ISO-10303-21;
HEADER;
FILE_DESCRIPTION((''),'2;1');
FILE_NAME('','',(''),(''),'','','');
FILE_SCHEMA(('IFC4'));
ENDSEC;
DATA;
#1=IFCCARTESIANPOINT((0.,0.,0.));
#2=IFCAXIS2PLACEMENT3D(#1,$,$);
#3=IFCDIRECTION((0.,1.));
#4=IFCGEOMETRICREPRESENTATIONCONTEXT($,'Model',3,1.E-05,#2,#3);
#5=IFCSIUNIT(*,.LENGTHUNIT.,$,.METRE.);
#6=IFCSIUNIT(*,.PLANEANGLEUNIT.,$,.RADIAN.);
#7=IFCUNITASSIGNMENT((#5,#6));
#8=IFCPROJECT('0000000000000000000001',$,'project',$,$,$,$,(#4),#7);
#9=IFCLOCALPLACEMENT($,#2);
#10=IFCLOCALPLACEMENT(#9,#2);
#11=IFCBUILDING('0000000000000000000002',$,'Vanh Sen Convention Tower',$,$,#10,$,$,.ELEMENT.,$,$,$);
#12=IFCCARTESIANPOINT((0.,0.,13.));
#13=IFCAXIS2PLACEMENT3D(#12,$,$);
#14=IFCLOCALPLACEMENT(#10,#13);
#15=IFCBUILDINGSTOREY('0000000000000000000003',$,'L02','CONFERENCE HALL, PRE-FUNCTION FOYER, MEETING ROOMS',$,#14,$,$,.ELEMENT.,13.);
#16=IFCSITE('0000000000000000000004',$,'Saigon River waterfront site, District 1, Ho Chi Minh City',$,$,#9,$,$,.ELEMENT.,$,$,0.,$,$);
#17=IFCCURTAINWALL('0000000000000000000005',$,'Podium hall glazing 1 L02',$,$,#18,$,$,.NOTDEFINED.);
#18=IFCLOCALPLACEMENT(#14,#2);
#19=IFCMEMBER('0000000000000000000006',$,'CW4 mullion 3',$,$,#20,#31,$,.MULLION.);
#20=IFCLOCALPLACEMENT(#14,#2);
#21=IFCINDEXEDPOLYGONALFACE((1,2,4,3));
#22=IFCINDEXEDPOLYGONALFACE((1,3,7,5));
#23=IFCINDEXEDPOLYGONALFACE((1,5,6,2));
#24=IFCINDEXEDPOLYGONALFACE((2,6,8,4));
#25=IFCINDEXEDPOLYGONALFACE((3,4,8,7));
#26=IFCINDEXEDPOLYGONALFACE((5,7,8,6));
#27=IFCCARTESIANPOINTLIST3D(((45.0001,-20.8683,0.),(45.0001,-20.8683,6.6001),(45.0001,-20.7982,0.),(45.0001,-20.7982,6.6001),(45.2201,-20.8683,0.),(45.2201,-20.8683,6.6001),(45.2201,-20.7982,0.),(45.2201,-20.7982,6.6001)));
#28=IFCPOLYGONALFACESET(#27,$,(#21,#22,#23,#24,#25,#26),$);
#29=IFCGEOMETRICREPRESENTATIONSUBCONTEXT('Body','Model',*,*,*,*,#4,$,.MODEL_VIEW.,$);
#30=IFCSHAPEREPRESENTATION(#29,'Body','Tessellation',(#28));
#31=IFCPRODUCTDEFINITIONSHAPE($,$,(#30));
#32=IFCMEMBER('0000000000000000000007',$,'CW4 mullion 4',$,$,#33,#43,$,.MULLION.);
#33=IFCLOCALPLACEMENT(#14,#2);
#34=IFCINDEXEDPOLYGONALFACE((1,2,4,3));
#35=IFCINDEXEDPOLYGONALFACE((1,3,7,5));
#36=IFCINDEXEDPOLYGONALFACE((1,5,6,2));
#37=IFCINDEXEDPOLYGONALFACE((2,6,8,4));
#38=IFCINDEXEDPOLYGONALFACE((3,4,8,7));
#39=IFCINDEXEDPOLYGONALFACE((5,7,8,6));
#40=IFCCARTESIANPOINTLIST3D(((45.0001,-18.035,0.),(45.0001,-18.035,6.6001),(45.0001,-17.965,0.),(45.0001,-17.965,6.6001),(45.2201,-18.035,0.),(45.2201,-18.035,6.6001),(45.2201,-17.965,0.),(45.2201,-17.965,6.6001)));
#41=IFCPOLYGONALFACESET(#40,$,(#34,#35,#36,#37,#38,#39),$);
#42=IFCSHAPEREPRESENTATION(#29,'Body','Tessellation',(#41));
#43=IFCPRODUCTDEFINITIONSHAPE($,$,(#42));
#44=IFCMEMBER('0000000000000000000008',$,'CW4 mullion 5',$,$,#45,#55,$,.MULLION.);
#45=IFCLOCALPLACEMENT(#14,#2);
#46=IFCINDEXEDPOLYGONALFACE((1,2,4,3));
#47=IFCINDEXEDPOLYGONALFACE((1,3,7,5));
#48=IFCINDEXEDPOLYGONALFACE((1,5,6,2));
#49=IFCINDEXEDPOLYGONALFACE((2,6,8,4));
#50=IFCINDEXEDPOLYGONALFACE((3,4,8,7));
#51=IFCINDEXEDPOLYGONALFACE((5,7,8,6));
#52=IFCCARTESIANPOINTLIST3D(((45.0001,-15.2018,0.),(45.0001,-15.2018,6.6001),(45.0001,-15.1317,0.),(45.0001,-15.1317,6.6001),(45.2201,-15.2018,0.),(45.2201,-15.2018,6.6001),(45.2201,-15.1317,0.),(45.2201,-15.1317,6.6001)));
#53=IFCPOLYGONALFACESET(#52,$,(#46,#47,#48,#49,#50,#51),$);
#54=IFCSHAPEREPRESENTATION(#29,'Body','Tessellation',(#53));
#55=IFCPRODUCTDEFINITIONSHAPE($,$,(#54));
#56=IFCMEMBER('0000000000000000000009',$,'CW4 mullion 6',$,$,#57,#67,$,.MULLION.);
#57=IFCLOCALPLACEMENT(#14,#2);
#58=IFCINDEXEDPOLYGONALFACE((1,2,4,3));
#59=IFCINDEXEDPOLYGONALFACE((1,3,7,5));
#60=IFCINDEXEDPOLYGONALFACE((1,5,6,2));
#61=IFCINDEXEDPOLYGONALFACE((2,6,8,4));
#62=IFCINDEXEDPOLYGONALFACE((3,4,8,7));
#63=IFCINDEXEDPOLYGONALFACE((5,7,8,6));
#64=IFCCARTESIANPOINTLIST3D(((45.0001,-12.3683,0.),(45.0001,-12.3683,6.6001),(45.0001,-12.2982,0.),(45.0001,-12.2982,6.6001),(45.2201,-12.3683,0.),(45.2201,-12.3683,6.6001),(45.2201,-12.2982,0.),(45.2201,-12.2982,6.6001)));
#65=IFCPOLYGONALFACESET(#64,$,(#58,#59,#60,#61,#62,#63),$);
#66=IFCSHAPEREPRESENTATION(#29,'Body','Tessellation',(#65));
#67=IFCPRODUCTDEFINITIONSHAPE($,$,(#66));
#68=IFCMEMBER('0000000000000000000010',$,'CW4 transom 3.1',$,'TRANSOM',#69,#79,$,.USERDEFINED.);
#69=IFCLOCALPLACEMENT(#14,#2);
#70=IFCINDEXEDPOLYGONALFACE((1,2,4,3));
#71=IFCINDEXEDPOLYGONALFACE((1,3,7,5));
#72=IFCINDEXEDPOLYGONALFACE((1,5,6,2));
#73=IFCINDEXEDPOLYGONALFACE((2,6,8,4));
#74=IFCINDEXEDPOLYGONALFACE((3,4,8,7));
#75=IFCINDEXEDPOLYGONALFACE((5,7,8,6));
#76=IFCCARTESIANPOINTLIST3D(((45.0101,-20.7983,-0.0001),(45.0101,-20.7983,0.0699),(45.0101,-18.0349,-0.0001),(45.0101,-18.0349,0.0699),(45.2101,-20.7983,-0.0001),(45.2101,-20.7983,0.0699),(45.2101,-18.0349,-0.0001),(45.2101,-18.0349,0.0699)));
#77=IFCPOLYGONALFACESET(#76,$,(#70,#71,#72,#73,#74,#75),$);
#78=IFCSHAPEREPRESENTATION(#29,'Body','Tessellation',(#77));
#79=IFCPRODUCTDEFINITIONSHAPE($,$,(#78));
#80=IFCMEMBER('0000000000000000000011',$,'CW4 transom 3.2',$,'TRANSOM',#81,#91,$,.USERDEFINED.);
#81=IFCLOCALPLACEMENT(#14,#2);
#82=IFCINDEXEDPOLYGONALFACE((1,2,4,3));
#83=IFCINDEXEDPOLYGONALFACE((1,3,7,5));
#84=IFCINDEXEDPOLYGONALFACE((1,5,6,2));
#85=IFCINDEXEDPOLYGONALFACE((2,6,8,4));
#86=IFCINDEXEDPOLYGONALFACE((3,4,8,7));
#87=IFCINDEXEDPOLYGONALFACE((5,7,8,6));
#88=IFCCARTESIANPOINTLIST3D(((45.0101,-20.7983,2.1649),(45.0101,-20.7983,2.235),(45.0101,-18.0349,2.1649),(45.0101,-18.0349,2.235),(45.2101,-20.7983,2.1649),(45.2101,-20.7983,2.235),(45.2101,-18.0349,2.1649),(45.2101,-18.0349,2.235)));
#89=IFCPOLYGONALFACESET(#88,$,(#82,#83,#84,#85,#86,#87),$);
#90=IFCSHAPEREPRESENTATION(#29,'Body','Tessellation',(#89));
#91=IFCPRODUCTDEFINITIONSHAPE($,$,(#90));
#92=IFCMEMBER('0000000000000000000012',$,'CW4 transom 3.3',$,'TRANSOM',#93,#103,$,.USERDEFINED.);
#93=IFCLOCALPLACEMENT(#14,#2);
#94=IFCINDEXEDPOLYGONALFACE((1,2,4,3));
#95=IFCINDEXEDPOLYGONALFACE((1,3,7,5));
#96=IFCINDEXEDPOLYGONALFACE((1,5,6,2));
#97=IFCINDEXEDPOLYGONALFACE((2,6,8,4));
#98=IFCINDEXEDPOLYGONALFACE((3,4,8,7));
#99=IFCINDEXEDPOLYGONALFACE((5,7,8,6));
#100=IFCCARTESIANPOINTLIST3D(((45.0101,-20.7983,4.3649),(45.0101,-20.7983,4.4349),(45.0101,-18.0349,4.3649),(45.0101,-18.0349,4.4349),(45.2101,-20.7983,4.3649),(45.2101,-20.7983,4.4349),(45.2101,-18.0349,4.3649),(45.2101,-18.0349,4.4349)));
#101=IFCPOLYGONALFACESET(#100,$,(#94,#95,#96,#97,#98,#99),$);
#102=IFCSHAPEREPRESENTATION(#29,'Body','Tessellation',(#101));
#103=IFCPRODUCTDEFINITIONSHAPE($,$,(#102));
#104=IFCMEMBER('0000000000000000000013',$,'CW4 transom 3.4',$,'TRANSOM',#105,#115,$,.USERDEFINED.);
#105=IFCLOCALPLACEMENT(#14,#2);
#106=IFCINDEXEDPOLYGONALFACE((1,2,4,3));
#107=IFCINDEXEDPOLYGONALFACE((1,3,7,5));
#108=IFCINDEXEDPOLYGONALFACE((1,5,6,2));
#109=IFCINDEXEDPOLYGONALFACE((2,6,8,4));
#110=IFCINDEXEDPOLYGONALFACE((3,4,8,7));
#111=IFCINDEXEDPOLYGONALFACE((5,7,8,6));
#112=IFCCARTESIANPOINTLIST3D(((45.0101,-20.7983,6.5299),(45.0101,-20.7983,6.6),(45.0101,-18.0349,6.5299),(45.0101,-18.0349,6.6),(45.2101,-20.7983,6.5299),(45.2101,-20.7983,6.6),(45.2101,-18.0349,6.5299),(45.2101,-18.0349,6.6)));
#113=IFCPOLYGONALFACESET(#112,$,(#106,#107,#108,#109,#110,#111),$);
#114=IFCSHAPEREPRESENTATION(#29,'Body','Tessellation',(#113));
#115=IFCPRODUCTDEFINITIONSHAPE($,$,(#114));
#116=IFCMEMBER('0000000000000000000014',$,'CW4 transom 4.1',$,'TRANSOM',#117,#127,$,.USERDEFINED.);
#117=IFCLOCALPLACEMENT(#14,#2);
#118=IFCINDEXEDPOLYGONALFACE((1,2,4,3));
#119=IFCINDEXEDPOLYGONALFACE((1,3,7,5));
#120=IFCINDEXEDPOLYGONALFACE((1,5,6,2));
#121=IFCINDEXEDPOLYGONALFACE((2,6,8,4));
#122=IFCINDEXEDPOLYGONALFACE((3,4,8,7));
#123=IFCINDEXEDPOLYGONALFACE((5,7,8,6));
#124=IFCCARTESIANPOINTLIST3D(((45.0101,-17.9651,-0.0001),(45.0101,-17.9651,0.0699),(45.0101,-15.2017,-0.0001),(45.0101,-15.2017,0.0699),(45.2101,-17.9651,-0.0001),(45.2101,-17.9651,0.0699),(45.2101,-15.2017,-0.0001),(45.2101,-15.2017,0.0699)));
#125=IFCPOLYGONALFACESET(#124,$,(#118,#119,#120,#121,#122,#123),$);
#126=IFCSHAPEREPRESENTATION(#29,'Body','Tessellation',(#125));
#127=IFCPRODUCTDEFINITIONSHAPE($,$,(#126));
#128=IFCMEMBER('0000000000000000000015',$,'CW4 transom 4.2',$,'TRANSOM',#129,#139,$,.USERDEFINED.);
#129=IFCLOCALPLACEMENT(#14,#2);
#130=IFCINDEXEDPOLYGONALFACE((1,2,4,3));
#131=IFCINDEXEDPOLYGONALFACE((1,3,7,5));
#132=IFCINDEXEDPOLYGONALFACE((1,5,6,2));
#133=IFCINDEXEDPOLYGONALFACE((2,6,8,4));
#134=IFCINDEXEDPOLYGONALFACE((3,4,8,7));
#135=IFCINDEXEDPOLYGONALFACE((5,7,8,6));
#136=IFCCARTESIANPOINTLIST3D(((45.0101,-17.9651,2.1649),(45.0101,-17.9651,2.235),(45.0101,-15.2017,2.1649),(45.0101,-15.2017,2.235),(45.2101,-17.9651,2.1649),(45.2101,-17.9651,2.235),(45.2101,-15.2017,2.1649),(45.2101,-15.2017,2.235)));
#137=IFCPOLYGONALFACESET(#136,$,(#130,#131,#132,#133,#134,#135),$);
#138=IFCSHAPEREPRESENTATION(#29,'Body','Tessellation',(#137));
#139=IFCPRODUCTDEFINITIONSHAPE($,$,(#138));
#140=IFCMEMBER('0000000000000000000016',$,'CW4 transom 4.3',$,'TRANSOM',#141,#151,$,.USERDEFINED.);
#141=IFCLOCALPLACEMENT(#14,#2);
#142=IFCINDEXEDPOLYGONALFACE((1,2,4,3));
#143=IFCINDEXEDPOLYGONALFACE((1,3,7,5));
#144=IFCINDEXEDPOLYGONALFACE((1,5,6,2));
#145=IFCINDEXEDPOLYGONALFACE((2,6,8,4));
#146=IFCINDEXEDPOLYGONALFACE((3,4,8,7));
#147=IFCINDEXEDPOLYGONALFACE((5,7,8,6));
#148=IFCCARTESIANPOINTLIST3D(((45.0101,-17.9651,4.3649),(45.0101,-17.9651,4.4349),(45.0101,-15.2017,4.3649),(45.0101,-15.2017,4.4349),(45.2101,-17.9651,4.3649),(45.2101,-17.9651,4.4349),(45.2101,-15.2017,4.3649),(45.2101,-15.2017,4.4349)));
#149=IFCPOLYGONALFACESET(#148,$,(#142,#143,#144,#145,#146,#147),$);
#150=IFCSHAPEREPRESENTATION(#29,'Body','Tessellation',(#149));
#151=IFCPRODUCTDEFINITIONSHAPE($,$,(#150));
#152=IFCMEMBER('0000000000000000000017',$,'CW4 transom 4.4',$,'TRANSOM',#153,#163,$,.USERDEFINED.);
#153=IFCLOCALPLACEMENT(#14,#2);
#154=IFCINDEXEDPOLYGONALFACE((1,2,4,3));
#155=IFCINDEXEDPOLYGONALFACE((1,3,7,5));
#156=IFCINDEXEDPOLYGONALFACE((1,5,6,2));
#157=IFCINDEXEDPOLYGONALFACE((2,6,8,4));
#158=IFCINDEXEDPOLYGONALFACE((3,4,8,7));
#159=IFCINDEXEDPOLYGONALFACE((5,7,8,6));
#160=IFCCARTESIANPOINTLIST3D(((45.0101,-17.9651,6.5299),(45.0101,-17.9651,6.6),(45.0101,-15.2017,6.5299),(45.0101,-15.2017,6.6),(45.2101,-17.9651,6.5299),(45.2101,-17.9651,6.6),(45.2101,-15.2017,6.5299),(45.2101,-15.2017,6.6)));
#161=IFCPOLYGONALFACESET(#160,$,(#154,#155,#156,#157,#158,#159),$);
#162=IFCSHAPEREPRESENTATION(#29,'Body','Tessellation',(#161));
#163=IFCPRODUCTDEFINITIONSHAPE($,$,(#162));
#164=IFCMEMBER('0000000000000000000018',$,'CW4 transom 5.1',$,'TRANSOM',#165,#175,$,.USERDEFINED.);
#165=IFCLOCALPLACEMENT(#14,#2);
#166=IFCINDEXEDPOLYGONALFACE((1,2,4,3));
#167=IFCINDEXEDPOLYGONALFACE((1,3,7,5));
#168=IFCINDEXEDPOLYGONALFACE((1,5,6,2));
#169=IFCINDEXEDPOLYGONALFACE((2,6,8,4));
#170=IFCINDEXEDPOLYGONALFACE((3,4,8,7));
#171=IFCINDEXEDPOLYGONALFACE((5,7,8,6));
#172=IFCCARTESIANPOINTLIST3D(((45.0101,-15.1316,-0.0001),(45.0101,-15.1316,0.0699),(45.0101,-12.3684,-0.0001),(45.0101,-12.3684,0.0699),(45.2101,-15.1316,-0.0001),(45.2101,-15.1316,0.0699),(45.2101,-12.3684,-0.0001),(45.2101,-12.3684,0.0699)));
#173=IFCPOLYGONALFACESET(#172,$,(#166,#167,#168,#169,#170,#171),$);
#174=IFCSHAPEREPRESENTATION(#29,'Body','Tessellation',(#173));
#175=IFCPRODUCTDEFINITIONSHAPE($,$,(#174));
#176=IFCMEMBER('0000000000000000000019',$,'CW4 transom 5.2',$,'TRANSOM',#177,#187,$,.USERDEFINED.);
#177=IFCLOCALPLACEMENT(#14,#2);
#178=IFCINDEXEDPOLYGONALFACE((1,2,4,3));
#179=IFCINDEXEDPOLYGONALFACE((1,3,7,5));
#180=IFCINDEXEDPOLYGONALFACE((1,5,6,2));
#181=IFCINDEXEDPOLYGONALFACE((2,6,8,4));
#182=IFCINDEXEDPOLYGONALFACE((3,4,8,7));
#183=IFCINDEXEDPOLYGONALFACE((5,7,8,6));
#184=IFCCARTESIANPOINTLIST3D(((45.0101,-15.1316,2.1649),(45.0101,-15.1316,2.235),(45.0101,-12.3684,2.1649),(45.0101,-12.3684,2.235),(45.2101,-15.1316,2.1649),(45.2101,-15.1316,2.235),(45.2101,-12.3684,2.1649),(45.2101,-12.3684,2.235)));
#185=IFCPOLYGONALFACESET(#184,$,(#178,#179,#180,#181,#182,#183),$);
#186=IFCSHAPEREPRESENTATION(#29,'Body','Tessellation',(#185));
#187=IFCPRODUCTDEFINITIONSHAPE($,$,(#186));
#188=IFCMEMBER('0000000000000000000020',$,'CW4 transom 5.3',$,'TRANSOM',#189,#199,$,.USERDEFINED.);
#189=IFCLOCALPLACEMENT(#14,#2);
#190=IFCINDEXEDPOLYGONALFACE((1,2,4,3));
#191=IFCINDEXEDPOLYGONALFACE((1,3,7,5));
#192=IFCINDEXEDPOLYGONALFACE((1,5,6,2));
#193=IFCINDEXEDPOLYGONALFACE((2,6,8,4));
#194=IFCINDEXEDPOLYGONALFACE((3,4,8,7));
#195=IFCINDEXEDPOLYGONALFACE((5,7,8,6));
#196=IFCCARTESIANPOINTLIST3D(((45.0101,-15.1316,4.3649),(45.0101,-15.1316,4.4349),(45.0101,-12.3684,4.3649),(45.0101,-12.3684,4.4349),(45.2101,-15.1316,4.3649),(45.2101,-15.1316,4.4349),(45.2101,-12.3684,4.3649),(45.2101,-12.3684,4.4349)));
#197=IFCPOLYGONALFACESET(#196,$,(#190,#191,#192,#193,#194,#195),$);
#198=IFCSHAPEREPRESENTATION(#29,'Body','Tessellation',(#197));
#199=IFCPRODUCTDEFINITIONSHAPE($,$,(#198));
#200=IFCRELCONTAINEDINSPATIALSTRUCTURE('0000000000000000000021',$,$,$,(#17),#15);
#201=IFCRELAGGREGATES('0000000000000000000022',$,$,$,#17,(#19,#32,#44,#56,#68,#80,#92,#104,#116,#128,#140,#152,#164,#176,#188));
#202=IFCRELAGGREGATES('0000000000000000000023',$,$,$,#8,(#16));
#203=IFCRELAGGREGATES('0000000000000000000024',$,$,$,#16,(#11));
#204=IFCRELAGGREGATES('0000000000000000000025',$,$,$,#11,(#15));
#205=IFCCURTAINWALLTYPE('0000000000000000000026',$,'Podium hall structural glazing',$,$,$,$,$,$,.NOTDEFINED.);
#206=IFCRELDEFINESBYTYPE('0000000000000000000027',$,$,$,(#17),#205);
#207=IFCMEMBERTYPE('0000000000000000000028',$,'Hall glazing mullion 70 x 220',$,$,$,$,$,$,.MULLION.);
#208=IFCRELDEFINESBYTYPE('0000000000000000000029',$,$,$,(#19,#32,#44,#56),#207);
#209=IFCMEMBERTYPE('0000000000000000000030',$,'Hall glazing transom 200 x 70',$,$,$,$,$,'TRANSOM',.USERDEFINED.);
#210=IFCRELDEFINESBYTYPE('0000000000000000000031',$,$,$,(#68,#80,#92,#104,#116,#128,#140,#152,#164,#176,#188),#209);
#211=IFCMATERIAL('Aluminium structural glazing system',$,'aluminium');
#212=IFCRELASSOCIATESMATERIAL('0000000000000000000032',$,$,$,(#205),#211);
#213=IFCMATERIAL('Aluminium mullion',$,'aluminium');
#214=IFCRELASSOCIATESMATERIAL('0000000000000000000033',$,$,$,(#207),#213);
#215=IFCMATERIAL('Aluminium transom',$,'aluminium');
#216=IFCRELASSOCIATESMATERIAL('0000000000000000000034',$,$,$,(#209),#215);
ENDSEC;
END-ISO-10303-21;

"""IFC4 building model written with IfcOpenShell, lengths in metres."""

from ifc_helpers import new_model, si_unit, direction, frame, origin, origin_2d, place, context, subcontext, project, spatial, rectangle, extrude, material, material_profile, profile_set, type_object, element, aggregate, save


model = new_model("IFC4")

# Units and contexts
model_context = context("Model", 3, precision=1e-05, world=origin(), true_north=direction((0.0, 1.0)))
body_context = subcontext(model_context, "Body", "Model", "MODEL_VIEW")
ifc_project = project(units=[si_unit("LENGTHUNIT", "METRE"), si_unit("PLANEANGLEUNIT", "RADIAN")], contexts=[model_context])

# Site, building, storey
site_placement = place(None, origin())
site = spatial("IfcSite", under=ifc_project, at=site_placement, Name="Saigon River waterfront site, District 1, Ho Chi Minh City", CompositionType="ELEMENT", RefElevation=0.0)
building_placement = place(site_placement, origin())
building = spatial("IfcBuilding", under=site, at=building_placement, Name="Vanh Sen Convention Tower", CompositionType="ELEMENT")
storey_placement = place(building_placement, frame((0.0, 0.0, 13.0)))
storey = spatial("IfcBuildingStorey", under=building, at=storey_placement, Name="L02", Description="CONFERENCE HALL, PRE-FUNCTION FOYER, MEETING ROOMS", CompositionType="ELEMENT", Elevation=13.0)

# Curtain wall, members
ifc_material_1 = material(Name="Aluminium structural glazing system", Category="aluminium")
curtain_wall_type = type_object("IfcCurtainWallType", Name="Podium hall structural glazing", PredefinedType="NOTDEFINED", material=ifc_material_1)
curtain_wall_placement = place(storey_placement, origin())
curtain_wall = element("IfcCurtainWall", 1, at=curtain_wall_placement, inside=storey, type_object=curtain_wall_type, Name="Podium hall glazing 1 L02", PredefinedType="NOTDEFINED")
ifc_material_2 = material(Name="Aluminium mullion", Category="aluminium")
ifc_material_profile_1 = material_profile(ifc_material_2, rectangle(XDim=0.22, YDim=0.0701, at=origin_2d()), Name="Hall glazing mullion 70 x 220")
ifc_profile_set_1 = profile_set([ifc_material_profile_1], Name="Aluminium mullion")
member_type_1 = type_object("IfcMemberType", Name="Hall glazing mullion 70 x 220", PredefinedType="MULLION", material=ifc_profile_set_1)
member_1_placement = place(storey_placement, frame((45.1101, -20.8333, 0.0), z_axis=(0.0, 0.0, 1.0), x_axis=(-1.0, 0.0, 0.0)))
member_1 = element("IfcMember", 2, at=member_1_placement, type_object=member_type_1, Name="CW4 mullion 3", PredefinedType="MULLION", context=body_context, shape_type="SweptSolid", body=[
    extrude(rectangle(XDim=0.22, YDim=0.0701, at=origin_2d()), origin(), (0.0, 0.0, 1.0), 6.6001),
])
member_2_placement = place(storey_placement, frame((45.1101, -18.0, 0.0), z_axis=(0.0, 0.0, 1.0), x_axis=(-1.0, 0.0, 0.0)))
member_2 = element("IfcMember", 3, at=member_2_placement, type_object=member_type_1, Name="CW4 mullion 4", PredefinedType="MULLION", context=body_context, shape_type="SweptSolid", body=[
    extrude(rectangle(XDim=0.22, YDim=0.0701, at=origin_2d()), origin(), (0.0, 0.0, 1.0), 6.6001),
])
member_3_placement = place(storey_placement, frame((45.1101, -15.1667, 0.0), z_axis=(0.0, 0.0, 1.0), x_axis=(-1.0, 0.0, 0.0)))
member_3 = element("IfcMember", 4, at=member_3_placement, type_object=member_type_1, Name="CW4 mullion 5", PredefinedType="MULLION", context=body_context, shape_type="SweptSolid", body=[
    extrude(rectangle(XDim=0.22, YDim=0.0701, at=origin_2d()), origin(), (0.0, 0.0, 1.0), 6.6001),
])
member_4_placement = place(storey_placement, frame((45.1101, -12.3333, 0.0), z_axis=(0.0, 0.0, 1.0), x_axis=(-1.0, 0.0, 0.0)))
member_4 = element("IfcMember", 5, at=member_4_placement, type_object=member_type_1, Name="CW4 mullion 6", PredefinedType="MULLION", context=body_context, shape_type="SweptSolid", body=[
    extrude(rectangle(XDim=0.22, YDim=0.0701, at=origin_2d()), origin(), (0.0, 0.0, 1.0), 6.6001),
])
ifc_material_3 = material(Name="Aluminium transom", Category="aluminium")
ifc_material_profile_2 = material_profile(ifc_material_3, rectangle(XDim=0.2, YDim=0.0701, at=origin_2d()), Name="Hall glazing transom 200 x 70")
ifc_profile_set_2 = profile_set([ifc_material_profile_2], Name="Aluminium transom")
member_type_2 = type_object("IfcMemberType", Name="Hall glazing transom 200 x 70", ElementType="TRANSOM", PredefinedType="USERDEFINED", material=ifc_profile_set_2)
member_5_placement = place(storey_placement, frame((45.1101, -20.7983, 0.0349), z_axis=(0.0, 1.0, 0.0), x_axis=(-1.0, 0.0, 0.0)))
member_5 = element("IfcMember", 6, at=member_5_placement, type_object=member_type_2, Name="CW4 transom 3.1", ObjectType="TRANSOM", PredefinedType="USERDEFINED", context=body_context, shape_type="SweptSolid", body=[
    extrude(rectangle(XDim=0.2, YDim=0.0701, at=origin_2d()), origin(), (0.0, 0.0, 1.0), 2.7634),
])
member_6_placement = place(storey_placement, frame((45.1101, -20.7983, 2.2), z_axis=(0.0, 1.0, 0.0), x_axis=(-1.0, 0.0, 0.0)))
member_6 = element("IfcMember", 7, at=member_6_placement, type_object=member_type_2, Name="CW4 transom 3.2", ObjectType="TRANSOM", PredefinedType="USERDEFINED", context=body_context, shape_type="SweptSolid", body=[
    extrude(rectangle(XDim=0.2, YDim=0.0701, at=origin_2d()), origin(), (0.0, 0.0, 1.0), 2.7634),
])
member_7_placement = place(storey_placement, frame((45.1101, -20.7983, 4.3999), z_axis=(0.0, 1.0, 0.0), x_axis=(-1.0, 0.0, 0.0)))
member_7 = element("IfcMember", 8, at=member_7_placement, type_object=member_type_2, Name="CW4 transom 3.3", ObjectType="TRANSOM", PredefinedType="USERDEFINED", context=body_context, shape_type="SweptSolid", body=[
    extrude(rectangle(XDim=0.2, YDim=0.0701, at=origin_2d()), origin(), (0.0, 0.0, 1.0), 2.7634),
])
member_8_placement = place(storey_placement, frame((45.1101, -20.7983, 6.5649), z_axis=(0.0, 1.0, 0.0), x_axis=(-1.0, 0.0, 0.0)))
member_8 = element("IfcMember", 9, at=member_8_placement, type_object=member_type_2, Name="CW4 transom 3.4", ObjectType="TRANSOM", PredefinedType="USERDEFINED", context=body_context, shape_type="SweptSolid", body=[
    extrude(rectangle(XDim=0.2, YDim=0.0701, at=origin_2d()), origin(), (0.0, 0.0, 1.0), 2.7634),
])
member_9_placement = place(storey_placement, frame((45.1101, -17.9651, 0.0349), z_axis=(0.0, 1.0, 0.0), x_axis=(-1.0, 0.0, 0.0)))
member_9 = element("IfcMember", 10, at=member_9_placement, type_object=member_type_2, Name="CW4 transom 4.1", ObjectType="TRANSOM", PredefinedType="USERDEFINED", context=body_context, shape_type="SweptSolid", body=[
    extrude(rectangle(XDim=0.2, YDim=0.0701, at=origin_2d()), origin(), (0.0, 0.0, 1.0), 2.7634),
])
member_10_placement = place(storey_placement, frame((45.1101, -17.9651, 2.2), z_axis=(0.0, 1.0, 0.0), x_axis=(-1.0, 0.0, 0.0)))
member_10 = element("IfcMember", 11, at=member_10_placement, type_object=member_type_2, Name="CW4 transom 4.2", ObjectType="TRANSOM", PredefinedType="USERDEFINED", context=body_context, shape_type="SweptSolid", body=[
    extrude(rectangle(XDim=0.2, YDim=0.0701, at=origin_2d()), origin(), (0.0, 0.0, 1.0), 2.7634),
])
member_11_placement = place(storey_placement, frame((45.1101, -17.9651, 4.3999), z_axis=(0.0, 1.0, 0.0), x_axis=(-1.0, 0.0, 0.0)))
member_11 = element("IfcMember", 12, at=member_11_placement, type_object=member_type_2, Name="CW4 transom 4.3", ObjectType="TRANSOM", PredefinedType="USERDEFINED", context=body_context, shape_type="SweptSolid", body=[
    extrude(rectangle(XDim=0.2, YDim=0.0701, at=origin_2d()), origin(), (0.0, 0.0, 1.0), 2.7634),
])
member_12_placement = place(storey_placement, frame((45.1101, -17.9651, 6.5649), z_axis=(0.0, 1.0, 0.0), x_axis=(-1.0, 0.0, 0.0)))
member_12 = element("IfcMember", 13, at=member_12_placement, type_object=member_type_2, Name="CW4 transom 4.4", ObjectType="TRANSOM", PredefinedType="USERDEFINED", context=body_context, shape_type="SweptSolid", body=[
    extrude(rectangle(XDim=0.2, YDim=0.0701, at=origin_2d()), origin(), (0.0, 0.0, 1.0), 2.7634),
])
member_13_placement = place(storey_placement, frame((45.1101, -15.1316, 0.0349), z_axis=(0.0, 1.0, 0.0), x_axis=(-1.0, 0.0, 0.0)))
member_13 = element("IfcMember", 14, at=member_13_placement, type_object=member_type_2, Name="CW4 transom 5.1", ObjectType="TRANSOM", PredefinedType="USERDEFINED", context=body_context, shape_type="SweptSolid", body=[
    extrude(rectangle(XDim=0.2, YDim=0.0701, at=origin_2d()), origin(), (0.0, 0.0, 1.0), 2.7632),
])
member_14_placement = place(storey_placement, frame((45.1101, -15.1316, 2.2), z_axis=(0.0, 1.0, 0.0), x_axis=(-1.0, 0.0, 0.0)))
member_14 = element("IfcMember", 15, at=member_14_placement, type_object=member_type_2, Name="CW4 transom 5.2", ObjectType="TRANSOM", PredefinedType="USERDEFINED", context=body_context, shape_type="SweptSolid", body=[
    extrude(rectangle(XDim=0.2, YDim=0.0701, at=origin_2d()), origin(), (0.0, 0.0, 1.0), 2.7632),
])
member_15_placement = place(storey_placement, frame((45.1101, -15.1316, 4.3999), z_axis=(0.0, 1.0, 0.0), x_axis=(-1.0, 0.0, 0.0)))
member_15 = element("IfcMember", 16, at=member_15_placement, type_object=member_type_2, Name="CW4 transom 5.3", ObjectType="TRANSOM", PredefinedType="USERDEFINED", context=body_context, shape_type="SweptSolid", body=[
    extrude(rectangle(XDim=0.2, YDim=0.0701, at=origin_2d()), origin(), (0.0, 0.0, 1.0), 2.7632),
])
aggregate(curtain_wall, [member_1, member_2, member_3, member_4, member_5, member_6, member_7, member_8, member_9, member_10, member_11, member_12, member_13, member_14, member_15])

save(model, "model.ifc")
